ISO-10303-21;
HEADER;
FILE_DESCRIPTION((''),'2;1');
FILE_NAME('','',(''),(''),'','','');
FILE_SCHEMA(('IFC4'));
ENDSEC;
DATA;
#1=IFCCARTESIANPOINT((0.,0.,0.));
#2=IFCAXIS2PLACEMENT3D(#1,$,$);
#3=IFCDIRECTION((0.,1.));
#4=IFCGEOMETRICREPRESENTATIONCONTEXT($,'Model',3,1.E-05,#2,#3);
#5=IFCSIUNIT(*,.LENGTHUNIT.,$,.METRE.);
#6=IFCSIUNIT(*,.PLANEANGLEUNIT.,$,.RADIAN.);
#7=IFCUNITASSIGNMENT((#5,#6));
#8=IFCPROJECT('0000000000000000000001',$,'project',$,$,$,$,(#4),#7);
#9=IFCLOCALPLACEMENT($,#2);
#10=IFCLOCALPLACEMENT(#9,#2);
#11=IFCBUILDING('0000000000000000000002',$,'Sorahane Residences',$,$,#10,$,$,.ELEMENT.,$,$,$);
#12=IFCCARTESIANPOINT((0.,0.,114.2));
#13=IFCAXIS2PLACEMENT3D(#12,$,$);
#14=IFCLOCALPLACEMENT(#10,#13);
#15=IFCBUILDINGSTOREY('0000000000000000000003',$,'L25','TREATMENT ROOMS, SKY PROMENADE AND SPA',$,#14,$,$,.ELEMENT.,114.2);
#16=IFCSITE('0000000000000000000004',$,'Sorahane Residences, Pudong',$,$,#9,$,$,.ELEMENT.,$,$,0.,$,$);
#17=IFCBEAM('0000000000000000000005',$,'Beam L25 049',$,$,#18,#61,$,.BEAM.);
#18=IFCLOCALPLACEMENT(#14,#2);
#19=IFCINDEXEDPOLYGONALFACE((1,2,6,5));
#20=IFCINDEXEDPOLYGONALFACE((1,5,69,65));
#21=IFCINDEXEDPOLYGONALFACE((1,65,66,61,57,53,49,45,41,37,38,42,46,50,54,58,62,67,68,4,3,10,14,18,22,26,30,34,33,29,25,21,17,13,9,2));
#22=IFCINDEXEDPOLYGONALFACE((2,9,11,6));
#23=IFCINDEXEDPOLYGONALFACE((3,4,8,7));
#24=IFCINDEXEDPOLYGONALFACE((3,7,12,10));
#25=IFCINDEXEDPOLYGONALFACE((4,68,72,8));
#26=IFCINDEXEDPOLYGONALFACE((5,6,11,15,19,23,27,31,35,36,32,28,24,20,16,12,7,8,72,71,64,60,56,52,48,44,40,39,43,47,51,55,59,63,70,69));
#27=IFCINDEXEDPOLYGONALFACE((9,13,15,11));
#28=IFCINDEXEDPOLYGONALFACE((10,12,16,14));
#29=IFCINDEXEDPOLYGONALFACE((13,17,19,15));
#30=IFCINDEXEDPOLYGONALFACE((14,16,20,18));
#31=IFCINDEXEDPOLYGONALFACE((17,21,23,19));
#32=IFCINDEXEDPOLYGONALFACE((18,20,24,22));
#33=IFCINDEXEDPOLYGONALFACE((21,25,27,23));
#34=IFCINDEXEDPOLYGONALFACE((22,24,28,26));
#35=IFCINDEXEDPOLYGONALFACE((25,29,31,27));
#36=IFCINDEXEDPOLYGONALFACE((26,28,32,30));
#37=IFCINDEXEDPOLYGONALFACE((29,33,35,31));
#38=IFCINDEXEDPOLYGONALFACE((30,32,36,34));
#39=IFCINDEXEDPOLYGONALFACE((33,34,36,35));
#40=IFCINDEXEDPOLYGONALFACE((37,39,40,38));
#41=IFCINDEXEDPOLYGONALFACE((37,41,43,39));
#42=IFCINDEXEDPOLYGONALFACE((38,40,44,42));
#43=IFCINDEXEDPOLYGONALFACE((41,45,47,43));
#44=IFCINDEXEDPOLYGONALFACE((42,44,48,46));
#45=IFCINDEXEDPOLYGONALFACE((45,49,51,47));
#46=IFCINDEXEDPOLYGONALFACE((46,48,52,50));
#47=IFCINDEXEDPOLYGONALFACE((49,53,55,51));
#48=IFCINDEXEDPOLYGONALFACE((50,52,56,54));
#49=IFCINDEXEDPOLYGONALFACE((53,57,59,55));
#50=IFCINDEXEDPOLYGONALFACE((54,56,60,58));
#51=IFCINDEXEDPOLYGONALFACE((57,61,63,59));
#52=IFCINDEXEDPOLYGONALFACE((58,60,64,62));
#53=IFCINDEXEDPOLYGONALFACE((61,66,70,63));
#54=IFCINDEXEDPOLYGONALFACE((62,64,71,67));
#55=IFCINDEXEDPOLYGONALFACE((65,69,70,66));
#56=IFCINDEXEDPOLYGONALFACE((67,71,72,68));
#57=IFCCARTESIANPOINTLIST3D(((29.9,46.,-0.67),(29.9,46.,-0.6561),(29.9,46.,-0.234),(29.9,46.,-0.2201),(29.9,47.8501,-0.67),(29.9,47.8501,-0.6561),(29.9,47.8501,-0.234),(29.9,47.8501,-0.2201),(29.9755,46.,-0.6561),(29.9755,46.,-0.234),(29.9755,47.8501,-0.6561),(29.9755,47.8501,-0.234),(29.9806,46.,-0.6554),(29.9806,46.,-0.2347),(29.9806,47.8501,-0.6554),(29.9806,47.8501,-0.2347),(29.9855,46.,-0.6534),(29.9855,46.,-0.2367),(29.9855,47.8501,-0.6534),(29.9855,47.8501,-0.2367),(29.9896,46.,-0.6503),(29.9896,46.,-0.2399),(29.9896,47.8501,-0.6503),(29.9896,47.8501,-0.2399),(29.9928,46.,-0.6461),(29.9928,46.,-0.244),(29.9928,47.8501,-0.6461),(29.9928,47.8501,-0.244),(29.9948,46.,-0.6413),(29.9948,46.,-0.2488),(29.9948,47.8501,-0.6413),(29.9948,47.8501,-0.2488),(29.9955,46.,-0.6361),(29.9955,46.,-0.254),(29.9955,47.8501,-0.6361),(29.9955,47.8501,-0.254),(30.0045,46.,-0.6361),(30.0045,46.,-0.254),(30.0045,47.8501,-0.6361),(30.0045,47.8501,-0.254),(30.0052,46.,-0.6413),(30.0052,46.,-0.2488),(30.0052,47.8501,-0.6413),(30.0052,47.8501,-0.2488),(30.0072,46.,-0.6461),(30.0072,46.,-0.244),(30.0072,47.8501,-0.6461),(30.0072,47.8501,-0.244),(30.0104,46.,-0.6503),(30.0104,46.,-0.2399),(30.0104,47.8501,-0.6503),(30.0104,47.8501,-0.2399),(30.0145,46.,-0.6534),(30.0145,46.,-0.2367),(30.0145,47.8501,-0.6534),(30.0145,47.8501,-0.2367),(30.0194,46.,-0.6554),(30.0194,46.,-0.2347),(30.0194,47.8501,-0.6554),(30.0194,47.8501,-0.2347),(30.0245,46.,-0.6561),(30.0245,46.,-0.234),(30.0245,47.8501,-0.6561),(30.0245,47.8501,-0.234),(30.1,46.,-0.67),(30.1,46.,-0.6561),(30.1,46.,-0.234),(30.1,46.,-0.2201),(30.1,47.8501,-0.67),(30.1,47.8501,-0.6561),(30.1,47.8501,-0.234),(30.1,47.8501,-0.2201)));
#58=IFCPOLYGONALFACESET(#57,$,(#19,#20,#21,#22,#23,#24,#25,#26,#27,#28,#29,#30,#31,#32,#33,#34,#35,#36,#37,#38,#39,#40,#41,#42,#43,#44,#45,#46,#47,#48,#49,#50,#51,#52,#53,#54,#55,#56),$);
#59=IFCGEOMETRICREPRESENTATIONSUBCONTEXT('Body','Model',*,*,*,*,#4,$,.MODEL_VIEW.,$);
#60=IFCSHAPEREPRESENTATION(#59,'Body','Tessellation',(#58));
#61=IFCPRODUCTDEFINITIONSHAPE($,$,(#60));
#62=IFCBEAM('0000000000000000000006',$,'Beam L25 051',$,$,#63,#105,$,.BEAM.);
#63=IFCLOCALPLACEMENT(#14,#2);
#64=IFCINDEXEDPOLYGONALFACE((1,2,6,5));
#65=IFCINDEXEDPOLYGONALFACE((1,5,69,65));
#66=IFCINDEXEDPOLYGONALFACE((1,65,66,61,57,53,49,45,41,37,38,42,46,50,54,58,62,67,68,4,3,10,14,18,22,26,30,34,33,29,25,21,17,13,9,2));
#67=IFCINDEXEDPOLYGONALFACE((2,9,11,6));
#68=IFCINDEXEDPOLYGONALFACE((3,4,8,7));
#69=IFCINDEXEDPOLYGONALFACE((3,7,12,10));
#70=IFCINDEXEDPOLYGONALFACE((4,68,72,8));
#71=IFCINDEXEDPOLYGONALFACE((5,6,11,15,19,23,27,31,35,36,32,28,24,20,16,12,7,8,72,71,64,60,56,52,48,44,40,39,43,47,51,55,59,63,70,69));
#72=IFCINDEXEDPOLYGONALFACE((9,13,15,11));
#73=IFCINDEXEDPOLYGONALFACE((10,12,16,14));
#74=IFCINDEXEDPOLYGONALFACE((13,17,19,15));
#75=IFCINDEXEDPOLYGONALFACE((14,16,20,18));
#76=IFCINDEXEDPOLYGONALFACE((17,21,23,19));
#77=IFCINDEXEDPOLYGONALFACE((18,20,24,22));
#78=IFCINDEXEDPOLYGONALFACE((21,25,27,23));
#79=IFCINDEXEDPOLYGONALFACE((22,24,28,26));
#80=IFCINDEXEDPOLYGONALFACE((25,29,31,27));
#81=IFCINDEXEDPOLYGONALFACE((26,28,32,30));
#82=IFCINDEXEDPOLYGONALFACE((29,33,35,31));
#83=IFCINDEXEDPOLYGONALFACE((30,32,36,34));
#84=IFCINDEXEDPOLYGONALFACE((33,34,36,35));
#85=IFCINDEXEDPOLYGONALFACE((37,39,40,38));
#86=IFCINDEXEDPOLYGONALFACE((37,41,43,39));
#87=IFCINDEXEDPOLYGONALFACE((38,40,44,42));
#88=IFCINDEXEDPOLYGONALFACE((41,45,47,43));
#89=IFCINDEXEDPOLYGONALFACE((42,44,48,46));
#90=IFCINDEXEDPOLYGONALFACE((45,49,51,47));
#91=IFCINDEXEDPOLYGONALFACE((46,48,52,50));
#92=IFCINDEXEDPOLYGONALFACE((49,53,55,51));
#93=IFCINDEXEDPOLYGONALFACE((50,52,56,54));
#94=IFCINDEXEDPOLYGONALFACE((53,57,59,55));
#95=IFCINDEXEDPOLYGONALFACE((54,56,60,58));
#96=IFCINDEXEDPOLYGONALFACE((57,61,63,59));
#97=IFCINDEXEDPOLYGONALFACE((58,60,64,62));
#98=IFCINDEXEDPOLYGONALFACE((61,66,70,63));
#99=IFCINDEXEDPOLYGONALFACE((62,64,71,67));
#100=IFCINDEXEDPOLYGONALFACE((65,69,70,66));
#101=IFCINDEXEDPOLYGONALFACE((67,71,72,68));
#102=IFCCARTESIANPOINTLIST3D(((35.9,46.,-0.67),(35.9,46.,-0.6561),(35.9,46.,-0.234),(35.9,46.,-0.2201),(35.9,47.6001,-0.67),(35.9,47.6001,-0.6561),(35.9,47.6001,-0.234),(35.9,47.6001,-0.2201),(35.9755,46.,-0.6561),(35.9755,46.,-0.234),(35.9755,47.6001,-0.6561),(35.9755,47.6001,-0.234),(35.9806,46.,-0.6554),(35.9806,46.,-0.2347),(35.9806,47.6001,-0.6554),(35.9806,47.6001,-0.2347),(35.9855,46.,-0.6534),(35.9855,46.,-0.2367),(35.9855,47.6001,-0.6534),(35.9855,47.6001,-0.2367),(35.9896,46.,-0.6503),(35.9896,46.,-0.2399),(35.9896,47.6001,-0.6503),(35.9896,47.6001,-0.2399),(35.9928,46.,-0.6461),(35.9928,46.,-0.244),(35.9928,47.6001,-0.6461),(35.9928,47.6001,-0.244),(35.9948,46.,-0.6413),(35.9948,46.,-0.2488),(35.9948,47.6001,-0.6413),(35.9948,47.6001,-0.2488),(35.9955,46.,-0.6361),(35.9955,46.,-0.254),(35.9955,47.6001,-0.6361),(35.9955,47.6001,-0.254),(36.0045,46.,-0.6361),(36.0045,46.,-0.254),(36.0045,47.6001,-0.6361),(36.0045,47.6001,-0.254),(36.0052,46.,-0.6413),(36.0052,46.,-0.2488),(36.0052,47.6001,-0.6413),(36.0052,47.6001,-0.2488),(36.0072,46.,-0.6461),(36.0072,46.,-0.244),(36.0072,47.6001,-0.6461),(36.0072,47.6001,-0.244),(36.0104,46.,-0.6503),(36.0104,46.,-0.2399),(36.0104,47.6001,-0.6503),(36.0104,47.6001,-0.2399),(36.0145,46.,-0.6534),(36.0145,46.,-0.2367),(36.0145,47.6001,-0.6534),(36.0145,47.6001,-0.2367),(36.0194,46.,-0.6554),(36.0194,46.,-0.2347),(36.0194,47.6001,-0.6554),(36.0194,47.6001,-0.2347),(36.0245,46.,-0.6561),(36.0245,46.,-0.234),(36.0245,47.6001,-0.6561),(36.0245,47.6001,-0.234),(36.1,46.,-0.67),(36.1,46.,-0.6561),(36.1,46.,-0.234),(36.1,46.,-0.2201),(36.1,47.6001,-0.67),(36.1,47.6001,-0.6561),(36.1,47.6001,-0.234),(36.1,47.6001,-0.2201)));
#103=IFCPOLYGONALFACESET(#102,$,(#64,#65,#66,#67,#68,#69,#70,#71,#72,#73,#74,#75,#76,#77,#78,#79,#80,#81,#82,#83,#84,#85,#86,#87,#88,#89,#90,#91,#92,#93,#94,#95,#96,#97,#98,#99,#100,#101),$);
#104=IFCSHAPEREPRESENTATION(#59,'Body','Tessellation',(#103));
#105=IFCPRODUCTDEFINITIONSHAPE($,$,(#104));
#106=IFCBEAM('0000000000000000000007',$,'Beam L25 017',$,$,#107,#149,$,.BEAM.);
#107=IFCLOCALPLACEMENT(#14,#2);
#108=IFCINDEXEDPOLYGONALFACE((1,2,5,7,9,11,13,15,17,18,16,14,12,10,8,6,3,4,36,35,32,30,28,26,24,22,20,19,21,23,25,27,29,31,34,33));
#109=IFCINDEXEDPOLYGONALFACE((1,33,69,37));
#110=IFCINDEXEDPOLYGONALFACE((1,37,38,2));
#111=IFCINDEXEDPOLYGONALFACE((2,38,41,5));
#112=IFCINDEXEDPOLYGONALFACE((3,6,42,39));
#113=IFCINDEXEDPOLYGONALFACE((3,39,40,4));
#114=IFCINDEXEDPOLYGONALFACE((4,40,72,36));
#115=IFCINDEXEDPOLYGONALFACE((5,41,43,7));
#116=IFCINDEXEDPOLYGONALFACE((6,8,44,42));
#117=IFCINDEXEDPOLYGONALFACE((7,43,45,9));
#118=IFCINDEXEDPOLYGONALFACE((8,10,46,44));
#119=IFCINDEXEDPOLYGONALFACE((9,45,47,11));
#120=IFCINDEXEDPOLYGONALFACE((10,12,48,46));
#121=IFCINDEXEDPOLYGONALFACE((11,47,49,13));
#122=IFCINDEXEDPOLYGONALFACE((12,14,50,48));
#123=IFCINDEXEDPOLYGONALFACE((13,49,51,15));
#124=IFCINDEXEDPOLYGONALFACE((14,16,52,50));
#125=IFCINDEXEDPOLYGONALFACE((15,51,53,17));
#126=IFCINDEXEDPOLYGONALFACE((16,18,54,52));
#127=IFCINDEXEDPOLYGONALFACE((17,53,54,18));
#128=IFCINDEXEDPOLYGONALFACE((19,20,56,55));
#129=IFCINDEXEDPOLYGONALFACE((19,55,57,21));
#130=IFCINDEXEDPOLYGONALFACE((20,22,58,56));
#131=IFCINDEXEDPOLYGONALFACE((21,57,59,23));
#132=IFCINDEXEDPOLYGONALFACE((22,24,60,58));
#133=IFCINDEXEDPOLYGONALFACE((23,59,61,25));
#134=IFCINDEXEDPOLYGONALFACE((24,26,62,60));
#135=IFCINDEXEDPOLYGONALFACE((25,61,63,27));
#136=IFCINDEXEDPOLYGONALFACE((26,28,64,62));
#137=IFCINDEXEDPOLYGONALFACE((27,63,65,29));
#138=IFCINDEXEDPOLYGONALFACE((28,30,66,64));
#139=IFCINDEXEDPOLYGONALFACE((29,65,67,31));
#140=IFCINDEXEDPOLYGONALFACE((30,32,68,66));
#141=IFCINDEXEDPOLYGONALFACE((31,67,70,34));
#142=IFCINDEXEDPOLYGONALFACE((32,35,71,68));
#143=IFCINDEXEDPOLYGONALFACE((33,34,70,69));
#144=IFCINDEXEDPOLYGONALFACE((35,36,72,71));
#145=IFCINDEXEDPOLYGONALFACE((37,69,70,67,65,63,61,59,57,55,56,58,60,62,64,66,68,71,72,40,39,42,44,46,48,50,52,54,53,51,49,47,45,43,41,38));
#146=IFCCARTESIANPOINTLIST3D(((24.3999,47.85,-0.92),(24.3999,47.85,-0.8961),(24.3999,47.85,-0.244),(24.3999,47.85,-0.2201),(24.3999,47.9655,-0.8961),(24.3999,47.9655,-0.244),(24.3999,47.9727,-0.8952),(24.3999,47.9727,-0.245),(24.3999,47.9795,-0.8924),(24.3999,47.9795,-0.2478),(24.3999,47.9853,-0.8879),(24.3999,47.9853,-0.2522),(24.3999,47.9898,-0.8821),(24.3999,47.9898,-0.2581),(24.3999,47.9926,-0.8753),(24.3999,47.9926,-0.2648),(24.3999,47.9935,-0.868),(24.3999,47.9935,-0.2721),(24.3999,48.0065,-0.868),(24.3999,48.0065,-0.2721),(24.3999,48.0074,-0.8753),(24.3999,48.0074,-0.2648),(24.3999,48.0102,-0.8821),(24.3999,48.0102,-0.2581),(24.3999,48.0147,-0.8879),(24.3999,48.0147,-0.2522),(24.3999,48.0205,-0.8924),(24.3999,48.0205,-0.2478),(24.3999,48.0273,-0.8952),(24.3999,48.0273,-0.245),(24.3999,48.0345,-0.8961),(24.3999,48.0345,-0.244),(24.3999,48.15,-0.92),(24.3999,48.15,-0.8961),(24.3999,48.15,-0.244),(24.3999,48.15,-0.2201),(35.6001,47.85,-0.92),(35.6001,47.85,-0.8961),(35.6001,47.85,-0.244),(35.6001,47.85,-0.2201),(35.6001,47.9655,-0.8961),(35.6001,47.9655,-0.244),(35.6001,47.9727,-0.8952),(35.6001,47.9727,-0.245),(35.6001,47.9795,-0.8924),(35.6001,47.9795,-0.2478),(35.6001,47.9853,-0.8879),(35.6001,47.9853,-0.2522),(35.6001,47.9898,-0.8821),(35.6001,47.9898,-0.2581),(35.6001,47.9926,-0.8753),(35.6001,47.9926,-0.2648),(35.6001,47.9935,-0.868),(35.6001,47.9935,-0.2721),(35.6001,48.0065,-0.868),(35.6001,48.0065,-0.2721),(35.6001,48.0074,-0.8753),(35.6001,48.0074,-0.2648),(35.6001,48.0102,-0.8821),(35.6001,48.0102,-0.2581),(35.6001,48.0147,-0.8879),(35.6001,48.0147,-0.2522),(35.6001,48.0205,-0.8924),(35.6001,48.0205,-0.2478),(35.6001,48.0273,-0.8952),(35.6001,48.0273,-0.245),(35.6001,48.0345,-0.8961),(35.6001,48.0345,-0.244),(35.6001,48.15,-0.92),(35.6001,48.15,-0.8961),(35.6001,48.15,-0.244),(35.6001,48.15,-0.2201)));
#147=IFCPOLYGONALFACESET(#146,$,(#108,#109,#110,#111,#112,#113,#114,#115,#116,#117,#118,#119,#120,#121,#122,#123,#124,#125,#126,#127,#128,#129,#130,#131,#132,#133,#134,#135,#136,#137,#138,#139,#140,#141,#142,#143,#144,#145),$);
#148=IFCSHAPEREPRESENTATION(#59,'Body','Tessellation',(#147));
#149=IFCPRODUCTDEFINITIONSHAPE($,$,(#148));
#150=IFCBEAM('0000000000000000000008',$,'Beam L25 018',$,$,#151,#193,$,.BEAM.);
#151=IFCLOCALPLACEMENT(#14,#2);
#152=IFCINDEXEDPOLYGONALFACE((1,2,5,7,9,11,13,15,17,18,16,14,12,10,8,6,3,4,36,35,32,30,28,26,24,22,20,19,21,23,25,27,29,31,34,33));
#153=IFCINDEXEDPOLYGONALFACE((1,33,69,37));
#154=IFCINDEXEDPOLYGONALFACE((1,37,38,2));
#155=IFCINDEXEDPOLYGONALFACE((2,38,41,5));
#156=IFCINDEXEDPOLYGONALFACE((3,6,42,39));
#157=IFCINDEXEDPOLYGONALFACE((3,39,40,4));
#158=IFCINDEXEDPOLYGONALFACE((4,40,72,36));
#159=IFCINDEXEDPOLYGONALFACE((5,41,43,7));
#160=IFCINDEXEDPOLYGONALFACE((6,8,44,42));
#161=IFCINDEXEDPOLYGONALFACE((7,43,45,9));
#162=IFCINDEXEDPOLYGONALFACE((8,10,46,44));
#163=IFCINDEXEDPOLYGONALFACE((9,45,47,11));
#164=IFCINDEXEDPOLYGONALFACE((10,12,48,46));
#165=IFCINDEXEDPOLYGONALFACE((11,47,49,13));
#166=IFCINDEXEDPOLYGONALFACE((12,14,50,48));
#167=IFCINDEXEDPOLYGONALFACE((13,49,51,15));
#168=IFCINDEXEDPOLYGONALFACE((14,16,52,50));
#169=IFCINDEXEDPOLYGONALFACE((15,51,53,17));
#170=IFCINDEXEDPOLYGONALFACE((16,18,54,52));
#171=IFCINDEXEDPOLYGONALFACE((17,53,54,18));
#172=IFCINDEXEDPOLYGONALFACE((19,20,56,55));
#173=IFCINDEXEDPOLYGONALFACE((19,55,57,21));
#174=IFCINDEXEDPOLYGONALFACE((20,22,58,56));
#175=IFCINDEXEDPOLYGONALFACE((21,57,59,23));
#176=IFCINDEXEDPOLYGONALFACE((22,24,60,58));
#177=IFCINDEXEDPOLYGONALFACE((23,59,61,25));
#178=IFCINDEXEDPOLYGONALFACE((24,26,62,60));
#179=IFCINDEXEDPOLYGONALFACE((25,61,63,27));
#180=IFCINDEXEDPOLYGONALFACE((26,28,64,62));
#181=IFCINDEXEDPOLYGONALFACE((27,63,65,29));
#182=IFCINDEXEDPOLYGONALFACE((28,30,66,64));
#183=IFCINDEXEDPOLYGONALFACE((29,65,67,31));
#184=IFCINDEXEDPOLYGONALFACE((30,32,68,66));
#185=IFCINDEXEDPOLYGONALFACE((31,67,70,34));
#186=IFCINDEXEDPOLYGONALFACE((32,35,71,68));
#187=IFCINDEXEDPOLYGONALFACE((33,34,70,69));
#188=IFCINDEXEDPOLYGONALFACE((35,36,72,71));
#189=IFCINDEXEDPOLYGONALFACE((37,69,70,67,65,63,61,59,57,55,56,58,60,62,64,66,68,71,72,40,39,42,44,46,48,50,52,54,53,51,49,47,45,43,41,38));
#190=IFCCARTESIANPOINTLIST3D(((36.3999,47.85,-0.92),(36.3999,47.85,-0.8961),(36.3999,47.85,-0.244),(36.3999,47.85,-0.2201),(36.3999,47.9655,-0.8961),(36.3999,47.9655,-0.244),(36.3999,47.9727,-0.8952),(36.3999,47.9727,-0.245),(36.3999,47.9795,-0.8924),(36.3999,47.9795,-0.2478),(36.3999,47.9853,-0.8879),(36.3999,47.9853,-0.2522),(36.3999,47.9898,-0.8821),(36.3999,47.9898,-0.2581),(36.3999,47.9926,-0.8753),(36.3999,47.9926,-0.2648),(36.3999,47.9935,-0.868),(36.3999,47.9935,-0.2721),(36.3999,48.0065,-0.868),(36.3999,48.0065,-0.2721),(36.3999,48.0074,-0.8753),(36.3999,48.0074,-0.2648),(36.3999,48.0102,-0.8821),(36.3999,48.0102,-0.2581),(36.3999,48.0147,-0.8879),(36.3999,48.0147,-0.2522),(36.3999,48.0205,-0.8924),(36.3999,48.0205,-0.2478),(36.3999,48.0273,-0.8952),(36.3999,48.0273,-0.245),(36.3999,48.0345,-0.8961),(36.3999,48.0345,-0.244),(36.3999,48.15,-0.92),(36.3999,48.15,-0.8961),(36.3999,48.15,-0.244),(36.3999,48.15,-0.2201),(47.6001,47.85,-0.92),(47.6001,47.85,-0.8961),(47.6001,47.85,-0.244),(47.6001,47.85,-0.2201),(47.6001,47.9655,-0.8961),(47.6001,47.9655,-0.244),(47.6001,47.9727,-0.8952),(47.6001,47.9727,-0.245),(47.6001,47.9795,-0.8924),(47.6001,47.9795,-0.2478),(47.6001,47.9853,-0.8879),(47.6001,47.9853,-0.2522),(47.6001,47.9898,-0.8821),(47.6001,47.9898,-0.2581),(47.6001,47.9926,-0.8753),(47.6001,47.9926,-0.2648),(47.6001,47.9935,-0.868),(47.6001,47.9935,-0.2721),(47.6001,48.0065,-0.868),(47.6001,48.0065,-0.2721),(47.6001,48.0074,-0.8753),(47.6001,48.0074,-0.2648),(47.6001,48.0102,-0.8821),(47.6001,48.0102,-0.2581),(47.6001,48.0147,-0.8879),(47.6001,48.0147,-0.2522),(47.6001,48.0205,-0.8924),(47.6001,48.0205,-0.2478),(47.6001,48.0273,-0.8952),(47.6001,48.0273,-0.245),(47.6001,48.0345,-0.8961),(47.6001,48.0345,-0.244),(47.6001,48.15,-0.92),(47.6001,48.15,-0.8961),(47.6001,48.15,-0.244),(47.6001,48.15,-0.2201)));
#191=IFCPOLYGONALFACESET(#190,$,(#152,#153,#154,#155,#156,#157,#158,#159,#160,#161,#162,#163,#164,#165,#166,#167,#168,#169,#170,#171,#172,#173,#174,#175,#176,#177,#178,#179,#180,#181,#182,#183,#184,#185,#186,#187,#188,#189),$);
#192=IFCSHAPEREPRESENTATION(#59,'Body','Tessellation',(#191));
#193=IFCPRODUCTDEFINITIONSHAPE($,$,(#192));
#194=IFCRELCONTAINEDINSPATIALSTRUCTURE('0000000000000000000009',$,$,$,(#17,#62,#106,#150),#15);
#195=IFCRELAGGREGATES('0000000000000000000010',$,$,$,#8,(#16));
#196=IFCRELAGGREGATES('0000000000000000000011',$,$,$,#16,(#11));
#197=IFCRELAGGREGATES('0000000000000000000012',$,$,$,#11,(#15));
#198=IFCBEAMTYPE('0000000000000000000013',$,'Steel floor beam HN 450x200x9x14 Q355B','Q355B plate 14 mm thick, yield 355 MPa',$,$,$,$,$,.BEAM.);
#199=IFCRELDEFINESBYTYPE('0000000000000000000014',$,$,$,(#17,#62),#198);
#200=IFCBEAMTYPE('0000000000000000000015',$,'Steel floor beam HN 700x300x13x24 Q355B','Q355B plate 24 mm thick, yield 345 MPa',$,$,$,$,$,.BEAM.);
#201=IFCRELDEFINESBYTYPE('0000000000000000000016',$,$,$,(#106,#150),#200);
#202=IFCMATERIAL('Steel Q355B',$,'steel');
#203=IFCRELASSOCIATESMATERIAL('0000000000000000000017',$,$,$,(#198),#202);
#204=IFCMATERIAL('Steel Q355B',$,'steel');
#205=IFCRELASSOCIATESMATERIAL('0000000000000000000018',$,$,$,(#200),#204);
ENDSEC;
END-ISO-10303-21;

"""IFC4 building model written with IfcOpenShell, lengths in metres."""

from ifc_helpers import new_model, si_unit, direction, frame, origin, origin_2d, place, context, subcontext, project, spatial, i_section, extrude, material, material_profile, profile_set, type_object, element, save


model = new_model("IFC4")

# Units and contexts
model_context = context("Model", 3, precision=1e-05, world=origin(), true_north=direction((0.0, 1.0)))
body_context = subcontext(model_context, "Body", "Model", "MODEL_VIEW")
ifc_project = project(units=[si_unit("LENGTHUNIT", "METRE"), si_unit("PLANEANGLEUNIT", "RADIAN")], contexts=[model_context])

# Site, building, storey
site_placement = place(None, origin())
site = spatial("IfcSite", under=ifc_project, at=site_placement, Name="Sorahane Residences, Pudong", CompositionType="ELEMENT", RefElevation=0.0)
building_placement = place(site_placement, origin())
building = spatial("IfcBuilding", under=site, at=building_placement, Name="Sorahane Residences", CompositionType="ELEMENT")
storey_placement = place(building_placement, frame((0.0, 0.0, 114.2)))
storey = spatial("IfcBuildingStorey", under=building, at=storey_placement, Name="L25", Description="TREATMENT ROOMS, SKY PROMENADE AND SPA", CompositionType="ELEMENT", Elevation=114.2)

# Beams
ifc_material_1 = material(Name="Steel Q355B", Category="steel")
ifc_material_profile_1 = material_profile(ifc_material_1, i_section(OverallWidth=0.2, OverallDepth=0.45, WebThickness=0.009, FlangeThickness=0.0139, FilletRadius=0.02, at=origin_2d()), Name="HN 450x200x9x14")
ifc_profile_set_1 = profile_set([ifc_material_profile_1], Name="Steel Q355B")
beam_type_1 = type_object("IfcBeamType", Name="Steel floor beam HN 450x200x9x14 Q355B", Description="Q355B plate 14 mm thick, yield 355 MPa", PredefinedType="BEAM", material=ifc_profile_set_1)
beam_1_placement = place(storey_placement, frame((30.0, 46.0, -0.4451), z_axis=(0.0, 1.0, 0.0), x_axis=(-1.0, 0.0, 0.0)))
element("IfcBeam", 1, at=beam_1_placement, inside=storey, type_object=beam_type_1, Name="Beam L25 049", PredefinedType="BEAM", context=body_context, shape_type="SweptSolid", body=[
    extrude(i_section(OverallWidth=0.2, OverallDepth=0.45, WebThickness=0.009, FlangeThickness=0.0139, FilletRadius=0.02, at=origin_2d()), origin(), (0.0, 0.0, 1.0), 1.8501),
])
beam_2_placement = place(storey_placement, frame((36.0, 46.0, -0.4451), z_axis=(0.0, 1.0, 0.0), x_axis=(-1.0, 0.0, 0.0)))
element("IfcBeam", 2, at=beam_2_placement, inside=storey, type_object=beam_type_1, Name="Beam L25 051", PredefinedType="BEAM", context=body_context, shape_type="SweptSolid", body=[
    extrude(i_section(OverallWidth=0.2, OverallDepth=0.45, WebThickness=0.009, FlangeThickness=0.0139, FilletRadius=0.02, at=origin_2d()), origin(), (0.0, 0.0, 1.0), 1.6001),
])
ifc_material_2 = material(Name="Steel Q355B", Category="steel")
ifc_material_profile_2 = material_profile(ifc_material_2, i_section(OverallWidth=0.3, OverallDepth=0.7, WebThickness=0.0129, FlangeThickness=0.0239, FilletRadius=0.0281, at=origin_2d()), Name="HN 700x300x13x24")
ifc_profile_set_2 = profile_set([ifc_material_profile_2], Name="Steel Q355B")
beam_type_2 = type_object("IfcBeamType", Name="Steel floor beam HN 700x300x13x24 Q355B", Description="Q355B plate 24 mm thick, yield 345 MPa", PredefinedType="BEAM", material=ifc_profile_set_2)
for number, where, z_axis, x_axis, name in (
    (3, (24.3999, 48.0, -0.5701), (1.0, 0.0, 0.0), (0.0, 1.0, 0.0), "Beam L25 017"),
    (4, (36.3999, 48.0, -0.5701), (1.0, 0.0, 0.0), (0.0, 1.0, 0.0), "Beam L25 018"),
):
    element("IfcBeam", number, at=place(storey_placement, frame(where, z_axis=z_axis, x_axis=x_axis)), inside=storey, type_object=beam_type_2, Name=name, PredefinedType="BEAM", context=body_context, shape_type="SweptSolid", body=[
        extrude(i_section(OverallWidth=0.3, OverallDepth=0.7, WebThickness=0.0129, FlangeThickness=0.0239, FilletRadius=0.0281, at=origin_2d()), origin(), (0.0, 0.0, 1.0), 11.2002),
    ])

save(model, "model.ifc")
